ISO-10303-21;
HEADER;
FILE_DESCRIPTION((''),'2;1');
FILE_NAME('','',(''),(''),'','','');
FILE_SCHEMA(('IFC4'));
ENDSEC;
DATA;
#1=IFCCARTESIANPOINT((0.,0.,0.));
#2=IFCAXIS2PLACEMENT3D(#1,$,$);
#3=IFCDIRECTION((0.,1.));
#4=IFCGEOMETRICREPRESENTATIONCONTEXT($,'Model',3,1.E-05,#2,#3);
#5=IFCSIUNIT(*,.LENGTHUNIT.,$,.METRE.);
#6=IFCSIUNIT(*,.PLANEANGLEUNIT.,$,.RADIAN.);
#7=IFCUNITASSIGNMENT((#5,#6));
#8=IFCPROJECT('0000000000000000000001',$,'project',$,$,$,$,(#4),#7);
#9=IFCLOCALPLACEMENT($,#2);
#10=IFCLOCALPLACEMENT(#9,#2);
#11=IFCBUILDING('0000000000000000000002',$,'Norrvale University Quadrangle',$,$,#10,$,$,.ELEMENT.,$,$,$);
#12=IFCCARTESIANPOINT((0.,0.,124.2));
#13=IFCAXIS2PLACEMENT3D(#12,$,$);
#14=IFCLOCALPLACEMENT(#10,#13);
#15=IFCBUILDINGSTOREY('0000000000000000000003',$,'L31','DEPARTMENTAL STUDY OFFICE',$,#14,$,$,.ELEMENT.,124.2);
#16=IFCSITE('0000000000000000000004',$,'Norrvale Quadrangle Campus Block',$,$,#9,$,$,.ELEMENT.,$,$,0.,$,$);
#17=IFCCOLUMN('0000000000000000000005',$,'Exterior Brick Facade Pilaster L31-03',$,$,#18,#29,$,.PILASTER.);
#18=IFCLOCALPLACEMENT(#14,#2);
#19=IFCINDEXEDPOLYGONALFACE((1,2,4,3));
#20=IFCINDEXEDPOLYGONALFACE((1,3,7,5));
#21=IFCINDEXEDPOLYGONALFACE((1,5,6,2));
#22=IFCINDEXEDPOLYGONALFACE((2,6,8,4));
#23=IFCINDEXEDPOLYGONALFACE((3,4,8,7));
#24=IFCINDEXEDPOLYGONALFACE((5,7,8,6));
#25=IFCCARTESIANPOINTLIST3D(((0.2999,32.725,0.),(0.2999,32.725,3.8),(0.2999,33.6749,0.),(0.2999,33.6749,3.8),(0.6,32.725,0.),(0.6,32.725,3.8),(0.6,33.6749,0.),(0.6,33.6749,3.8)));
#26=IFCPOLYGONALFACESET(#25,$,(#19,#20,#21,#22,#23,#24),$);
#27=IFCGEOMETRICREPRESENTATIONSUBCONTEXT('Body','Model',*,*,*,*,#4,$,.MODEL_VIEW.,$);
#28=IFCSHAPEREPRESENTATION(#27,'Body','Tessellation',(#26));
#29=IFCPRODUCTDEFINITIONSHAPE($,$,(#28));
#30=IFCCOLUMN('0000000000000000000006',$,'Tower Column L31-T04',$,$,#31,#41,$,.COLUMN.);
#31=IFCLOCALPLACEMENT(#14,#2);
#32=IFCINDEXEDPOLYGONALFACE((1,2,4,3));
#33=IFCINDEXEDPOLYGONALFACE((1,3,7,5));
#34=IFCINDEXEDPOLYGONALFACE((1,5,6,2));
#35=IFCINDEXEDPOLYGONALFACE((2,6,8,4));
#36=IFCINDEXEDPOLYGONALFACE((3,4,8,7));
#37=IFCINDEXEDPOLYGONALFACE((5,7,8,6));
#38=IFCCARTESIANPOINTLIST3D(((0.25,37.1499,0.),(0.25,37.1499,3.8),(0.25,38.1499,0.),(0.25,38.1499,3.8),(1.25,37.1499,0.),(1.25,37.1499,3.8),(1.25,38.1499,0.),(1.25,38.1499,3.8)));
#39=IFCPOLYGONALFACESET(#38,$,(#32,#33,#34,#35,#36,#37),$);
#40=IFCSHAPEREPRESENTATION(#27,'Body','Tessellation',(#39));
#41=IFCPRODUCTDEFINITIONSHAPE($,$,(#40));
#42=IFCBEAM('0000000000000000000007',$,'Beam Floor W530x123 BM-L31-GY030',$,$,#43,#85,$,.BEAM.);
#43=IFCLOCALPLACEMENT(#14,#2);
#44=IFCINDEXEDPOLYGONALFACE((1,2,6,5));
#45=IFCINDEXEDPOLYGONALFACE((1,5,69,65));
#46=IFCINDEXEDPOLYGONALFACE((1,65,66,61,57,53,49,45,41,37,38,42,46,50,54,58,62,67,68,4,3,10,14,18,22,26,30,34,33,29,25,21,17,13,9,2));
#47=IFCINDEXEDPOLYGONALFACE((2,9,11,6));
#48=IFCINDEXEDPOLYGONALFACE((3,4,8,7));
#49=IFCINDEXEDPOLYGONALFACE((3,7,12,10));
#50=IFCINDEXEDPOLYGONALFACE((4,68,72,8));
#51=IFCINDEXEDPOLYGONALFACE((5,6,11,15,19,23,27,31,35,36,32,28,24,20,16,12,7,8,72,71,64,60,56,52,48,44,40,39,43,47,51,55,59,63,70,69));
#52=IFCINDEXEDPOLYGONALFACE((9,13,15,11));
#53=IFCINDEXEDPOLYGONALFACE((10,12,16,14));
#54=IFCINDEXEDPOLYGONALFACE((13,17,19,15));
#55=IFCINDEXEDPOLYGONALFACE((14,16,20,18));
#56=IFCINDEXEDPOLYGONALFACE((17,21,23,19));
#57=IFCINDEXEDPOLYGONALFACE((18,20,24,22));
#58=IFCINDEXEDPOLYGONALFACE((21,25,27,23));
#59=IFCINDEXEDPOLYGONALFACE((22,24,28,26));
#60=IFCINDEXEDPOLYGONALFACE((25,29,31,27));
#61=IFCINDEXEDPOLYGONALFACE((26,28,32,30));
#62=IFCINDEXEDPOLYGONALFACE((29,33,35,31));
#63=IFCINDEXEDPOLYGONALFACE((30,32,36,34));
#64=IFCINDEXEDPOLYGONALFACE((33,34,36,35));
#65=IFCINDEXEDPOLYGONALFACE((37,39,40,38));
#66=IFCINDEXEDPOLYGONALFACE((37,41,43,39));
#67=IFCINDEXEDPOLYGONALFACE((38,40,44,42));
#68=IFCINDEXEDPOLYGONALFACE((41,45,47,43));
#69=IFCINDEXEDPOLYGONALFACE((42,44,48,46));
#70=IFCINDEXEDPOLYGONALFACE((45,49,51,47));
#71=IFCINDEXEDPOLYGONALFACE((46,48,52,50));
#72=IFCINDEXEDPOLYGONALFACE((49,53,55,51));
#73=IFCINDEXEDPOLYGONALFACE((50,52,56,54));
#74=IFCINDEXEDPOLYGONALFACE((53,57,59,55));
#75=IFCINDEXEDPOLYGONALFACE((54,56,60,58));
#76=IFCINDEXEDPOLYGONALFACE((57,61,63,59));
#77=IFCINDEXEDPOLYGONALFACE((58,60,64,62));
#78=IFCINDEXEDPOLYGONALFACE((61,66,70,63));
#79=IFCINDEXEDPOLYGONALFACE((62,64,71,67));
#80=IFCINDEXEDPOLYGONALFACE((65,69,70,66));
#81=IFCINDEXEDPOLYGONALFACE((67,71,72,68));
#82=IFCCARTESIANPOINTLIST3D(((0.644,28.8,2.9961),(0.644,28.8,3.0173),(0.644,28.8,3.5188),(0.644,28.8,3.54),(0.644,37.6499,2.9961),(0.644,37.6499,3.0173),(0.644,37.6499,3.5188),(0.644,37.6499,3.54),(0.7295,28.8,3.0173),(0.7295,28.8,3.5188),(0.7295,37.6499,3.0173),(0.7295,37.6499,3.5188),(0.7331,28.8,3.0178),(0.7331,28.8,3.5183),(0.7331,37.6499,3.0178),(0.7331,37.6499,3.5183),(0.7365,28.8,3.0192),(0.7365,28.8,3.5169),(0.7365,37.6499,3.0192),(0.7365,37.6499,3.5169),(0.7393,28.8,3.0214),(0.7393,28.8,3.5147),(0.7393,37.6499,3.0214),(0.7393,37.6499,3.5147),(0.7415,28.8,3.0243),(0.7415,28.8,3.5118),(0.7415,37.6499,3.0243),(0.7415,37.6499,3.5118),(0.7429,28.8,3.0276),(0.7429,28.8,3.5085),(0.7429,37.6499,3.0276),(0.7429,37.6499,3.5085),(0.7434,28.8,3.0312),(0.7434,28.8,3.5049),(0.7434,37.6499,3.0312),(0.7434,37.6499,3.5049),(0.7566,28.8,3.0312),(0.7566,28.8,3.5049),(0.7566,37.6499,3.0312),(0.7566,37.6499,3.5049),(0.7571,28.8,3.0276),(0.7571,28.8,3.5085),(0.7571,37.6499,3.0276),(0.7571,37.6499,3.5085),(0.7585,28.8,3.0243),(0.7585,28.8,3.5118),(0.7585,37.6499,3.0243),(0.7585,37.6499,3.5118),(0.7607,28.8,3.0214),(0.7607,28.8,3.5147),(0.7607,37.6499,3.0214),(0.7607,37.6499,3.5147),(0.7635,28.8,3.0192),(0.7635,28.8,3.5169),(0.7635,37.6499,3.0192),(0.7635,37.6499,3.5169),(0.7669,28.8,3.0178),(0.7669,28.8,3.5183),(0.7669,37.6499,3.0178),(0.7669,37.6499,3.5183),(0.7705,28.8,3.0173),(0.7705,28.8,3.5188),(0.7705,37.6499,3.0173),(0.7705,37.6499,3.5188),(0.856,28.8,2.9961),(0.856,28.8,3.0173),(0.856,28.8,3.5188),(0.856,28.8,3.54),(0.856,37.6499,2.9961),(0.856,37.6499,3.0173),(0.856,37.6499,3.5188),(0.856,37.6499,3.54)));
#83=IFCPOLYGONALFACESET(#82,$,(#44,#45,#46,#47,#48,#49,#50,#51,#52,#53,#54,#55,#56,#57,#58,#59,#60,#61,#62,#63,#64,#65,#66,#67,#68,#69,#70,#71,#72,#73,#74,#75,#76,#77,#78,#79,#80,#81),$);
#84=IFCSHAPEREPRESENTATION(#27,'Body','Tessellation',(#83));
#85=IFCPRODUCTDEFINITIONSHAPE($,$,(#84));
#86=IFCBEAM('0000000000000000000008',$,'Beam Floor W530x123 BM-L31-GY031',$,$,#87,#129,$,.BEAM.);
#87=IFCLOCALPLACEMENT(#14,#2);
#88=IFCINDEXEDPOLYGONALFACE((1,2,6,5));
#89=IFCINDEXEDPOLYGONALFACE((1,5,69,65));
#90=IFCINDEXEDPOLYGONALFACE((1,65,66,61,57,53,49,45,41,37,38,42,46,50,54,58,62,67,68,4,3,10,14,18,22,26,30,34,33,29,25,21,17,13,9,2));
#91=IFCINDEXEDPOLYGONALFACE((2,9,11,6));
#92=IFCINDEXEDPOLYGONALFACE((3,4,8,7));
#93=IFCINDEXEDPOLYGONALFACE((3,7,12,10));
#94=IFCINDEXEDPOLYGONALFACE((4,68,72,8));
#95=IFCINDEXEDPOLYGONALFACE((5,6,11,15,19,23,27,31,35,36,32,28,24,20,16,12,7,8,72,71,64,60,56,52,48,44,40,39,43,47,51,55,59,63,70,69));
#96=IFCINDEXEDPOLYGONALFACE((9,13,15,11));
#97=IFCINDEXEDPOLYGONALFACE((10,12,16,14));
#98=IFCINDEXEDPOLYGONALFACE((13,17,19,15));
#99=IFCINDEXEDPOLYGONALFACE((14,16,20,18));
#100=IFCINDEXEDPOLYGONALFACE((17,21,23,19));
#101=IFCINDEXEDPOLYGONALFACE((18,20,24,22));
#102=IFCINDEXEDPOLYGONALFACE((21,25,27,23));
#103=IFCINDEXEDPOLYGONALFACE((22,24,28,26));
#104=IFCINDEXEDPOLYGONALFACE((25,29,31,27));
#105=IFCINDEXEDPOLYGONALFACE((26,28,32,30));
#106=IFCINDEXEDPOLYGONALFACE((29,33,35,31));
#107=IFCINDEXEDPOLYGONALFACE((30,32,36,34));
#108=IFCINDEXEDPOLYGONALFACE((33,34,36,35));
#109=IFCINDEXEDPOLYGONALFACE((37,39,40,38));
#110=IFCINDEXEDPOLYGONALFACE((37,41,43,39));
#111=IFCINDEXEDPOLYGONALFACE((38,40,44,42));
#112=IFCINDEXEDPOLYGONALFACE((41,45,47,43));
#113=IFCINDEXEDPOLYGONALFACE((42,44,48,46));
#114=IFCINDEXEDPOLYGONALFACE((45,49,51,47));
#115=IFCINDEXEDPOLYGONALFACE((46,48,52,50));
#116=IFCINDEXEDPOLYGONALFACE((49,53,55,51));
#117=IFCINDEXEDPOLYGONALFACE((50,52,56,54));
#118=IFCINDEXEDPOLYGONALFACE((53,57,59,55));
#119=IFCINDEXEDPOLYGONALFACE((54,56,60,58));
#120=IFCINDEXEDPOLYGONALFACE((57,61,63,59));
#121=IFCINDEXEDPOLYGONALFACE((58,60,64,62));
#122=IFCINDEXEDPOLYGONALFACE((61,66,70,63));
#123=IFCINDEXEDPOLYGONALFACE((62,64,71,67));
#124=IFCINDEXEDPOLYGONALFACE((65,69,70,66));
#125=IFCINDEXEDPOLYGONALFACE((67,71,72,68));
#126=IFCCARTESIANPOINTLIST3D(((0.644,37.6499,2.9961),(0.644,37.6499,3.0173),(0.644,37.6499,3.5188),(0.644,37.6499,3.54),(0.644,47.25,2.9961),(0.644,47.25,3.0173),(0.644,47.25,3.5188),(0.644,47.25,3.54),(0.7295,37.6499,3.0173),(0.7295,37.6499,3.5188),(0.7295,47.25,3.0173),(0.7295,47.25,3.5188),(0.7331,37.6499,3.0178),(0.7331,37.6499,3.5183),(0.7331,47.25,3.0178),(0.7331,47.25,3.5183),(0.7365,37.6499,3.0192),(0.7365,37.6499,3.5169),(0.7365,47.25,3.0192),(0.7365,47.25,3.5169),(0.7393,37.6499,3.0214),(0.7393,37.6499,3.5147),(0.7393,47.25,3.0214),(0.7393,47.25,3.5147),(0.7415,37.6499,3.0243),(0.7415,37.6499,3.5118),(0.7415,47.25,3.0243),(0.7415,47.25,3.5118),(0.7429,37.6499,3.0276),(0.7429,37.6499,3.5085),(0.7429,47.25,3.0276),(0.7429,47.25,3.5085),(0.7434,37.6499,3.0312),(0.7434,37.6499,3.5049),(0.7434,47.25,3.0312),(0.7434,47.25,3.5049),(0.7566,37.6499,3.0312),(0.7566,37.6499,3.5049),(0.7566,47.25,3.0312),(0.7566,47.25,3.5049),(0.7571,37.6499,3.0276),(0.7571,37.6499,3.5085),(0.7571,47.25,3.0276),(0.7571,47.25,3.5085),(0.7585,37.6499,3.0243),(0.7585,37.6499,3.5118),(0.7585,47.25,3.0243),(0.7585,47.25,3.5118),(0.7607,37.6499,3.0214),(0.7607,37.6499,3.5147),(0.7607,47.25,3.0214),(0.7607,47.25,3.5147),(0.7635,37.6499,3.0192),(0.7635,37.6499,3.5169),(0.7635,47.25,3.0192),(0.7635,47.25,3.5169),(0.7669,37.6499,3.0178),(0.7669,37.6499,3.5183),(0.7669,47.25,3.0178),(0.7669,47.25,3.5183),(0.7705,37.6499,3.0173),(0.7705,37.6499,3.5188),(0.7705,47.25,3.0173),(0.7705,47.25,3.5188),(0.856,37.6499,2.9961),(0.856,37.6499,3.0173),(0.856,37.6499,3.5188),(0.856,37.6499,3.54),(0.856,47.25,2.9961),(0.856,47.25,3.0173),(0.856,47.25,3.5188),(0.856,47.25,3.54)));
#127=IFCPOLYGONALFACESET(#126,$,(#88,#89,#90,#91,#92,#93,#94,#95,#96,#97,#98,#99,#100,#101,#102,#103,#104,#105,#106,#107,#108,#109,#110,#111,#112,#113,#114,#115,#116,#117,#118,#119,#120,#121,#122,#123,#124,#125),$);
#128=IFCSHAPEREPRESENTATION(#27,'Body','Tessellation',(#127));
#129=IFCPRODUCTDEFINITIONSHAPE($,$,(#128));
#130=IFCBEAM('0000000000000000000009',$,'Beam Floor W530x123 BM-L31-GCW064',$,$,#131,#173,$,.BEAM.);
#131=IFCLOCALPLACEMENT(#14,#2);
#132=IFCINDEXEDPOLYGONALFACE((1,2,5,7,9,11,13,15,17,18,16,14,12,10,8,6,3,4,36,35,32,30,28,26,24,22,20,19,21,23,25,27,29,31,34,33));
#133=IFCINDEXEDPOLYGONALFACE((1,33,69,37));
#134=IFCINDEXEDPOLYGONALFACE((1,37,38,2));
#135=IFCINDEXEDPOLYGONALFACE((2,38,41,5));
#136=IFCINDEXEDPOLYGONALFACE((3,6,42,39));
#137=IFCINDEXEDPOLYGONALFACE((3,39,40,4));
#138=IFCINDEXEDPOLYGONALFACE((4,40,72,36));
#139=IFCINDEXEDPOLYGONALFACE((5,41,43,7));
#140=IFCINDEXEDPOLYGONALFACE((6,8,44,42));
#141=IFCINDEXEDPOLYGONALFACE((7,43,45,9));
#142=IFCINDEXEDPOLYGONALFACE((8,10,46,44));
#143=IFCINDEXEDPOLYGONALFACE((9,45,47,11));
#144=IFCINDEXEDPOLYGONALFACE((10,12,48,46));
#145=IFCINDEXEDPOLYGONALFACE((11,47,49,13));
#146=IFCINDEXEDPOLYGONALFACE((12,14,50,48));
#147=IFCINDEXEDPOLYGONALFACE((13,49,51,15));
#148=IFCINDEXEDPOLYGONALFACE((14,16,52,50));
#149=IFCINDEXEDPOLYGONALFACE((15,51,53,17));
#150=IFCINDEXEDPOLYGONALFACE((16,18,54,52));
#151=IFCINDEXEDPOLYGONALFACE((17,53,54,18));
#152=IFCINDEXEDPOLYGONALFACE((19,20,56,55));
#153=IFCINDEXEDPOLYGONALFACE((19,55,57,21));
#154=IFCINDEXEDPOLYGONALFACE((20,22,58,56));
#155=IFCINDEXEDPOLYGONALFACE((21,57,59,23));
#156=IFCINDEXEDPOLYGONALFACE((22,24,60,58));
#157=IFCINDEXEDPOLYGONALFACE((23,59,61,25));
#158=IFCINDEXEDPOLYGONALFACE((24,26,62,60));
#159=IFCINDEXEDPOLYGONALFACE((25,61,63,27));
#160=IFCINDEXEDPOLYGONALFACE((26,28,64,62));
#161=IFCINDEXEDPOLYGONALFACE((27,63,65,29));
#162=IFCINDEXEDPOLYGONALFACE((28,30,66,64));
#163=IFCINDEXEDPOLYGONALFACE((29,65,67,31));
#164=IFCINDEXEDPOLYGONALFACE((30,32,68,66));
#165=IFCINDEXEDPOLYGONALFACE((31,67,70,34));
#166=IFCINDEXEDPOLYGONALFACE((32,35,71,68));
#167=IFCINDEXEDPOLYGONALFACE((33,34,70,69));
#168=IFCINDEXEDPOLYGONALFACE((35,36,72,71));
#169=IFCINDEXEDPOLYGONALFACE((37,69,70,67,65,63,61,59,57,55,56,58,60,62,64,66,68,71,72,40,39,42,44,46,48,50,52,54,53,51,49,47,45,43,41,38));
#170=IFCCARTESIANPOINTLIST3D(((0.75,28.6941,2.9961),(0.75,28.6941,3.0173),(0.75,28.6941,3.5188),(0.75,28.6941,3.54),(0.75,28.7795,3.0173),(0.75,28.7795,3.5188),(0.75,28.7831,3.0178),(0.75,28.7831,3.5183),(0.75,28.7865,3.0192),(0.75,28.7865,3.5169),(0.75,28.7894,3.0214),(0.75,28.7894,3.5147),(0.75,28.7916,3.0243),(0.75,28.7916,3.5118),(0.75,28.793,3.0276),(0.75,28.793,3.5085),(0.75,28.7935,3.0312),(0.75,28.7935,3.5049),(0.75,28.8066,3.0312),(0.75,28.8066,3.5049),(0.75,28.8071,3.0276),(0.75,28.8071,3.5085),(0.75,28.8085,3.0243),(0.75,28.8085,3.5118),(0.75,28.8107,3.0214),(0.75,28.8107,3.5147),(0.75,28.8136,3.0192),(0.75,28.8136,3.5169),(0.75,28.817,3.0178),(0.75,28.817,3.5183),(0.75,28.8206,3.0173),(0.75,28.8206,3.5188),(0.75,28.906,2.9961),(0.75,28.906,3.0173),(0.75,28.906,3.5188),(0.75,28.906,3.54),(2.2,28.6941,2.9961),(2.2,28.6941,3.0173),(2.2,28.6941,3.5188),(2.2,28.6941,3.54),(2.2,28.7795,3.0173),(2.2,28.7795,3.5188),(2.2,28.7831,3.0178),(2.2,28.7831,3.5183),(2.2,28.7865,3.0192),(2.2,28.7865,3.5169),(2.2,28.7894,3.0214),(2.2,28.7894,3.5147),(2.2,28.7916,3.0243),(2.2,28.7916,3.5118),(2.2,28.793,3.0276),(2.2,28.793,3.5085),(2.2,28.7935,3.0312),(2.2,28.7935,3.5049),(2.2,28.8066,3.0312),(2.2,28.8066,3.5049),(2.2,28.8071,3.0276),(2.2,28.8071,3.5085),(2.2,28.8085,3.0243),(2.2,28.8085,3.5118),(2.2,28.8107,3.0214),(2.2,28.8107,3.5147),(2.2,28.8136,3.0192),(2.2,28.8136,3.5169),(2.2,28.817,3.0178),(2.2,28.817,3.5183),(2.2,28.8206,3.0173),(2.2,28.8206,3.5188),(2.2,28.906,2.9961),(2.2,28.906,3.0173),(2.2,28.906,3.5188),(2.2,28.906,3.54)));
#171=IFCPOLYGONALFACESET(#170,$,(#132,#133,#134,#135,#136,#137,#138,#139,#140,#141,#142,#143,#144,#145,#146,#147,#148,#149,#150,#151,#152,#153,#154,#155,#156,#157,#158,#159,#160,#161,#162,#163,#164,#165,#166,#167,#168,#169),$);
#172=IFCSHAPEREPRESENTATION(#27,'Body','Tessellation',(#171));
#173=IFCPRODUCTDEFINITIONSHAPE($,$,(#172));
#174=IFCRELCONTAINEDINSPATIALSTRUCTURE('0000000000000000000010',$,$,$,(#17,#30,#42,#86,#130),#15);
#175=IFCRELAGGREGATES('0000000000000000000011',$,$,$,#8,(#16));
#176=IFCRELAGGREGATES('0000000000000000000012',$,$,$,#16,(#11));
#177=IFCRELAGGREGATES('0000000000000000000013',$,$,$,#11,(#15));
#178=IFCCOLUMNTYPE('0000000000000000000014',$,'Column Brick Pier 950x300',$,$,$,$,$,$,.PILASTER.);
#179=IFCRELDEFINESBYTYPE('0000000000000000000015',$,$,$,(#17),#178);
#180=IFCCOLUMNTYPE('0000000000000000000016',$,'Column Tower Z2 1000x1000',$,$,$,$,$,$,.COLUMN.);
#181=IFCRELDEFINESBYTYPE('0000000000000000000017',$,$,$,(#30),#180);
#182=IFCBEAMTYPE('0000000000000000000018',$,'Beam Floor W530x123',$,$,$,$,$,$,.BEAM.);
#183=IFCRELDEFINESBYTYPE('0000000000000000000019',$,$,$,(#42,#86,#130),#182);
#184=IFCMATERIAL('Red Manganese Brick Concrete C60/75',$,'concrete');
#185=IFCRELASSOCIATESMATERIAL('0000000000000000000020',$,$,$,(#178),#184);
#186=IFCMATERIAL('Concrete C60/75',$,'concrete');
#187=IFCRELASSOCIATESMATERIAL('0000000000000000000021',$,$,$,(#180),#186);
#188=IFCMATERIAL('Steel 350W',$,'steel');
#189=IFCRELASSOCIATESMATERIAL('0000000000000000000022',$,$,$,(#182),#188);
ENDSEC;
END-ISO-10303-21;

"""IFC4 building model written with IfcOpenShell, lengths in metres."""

from ifc_helpers import new_model, si_unit, direction, frame, origin, origin_2d, place, context, subcontext, project, spatial, rectangle, i_section, extrude, material, material_profile, profile_set, type_object, element, save


model = new_model("IFC4")

# Units and contexts
model_context = context("Model", 3, precision=1e-05, world=origin(), true_north=direction((0.0, 1.0)))
body_context = subcontext(model_context, "Body", "Model", "MODEL_VIEW")
ifc_project = project(units=[si_unit("LENGTHUNIT", "METRE"), si_unit("PLANEANGLEUNIT", "RADIAN")], contexts=[model_context])

# Site, building, storey
site_placement = place(None, origin())
site = spatial("IfcSite", under=ifc_project, at=site_placement, Name="Norrvale Quadrangle Campus Block", CompositionType="ELEMENT", RefElevation=0.0)
building_placement = place(site_placement, origin())
building = spatial("IfcBuilding", under=site, at=building_placement, Name="Norrvale University Quadrangle", CompositionType="ELEMENT")
storey_placement = place(building_placement, frame((0.0, 0.0, 124.2)))
storey = spatial("IfcBuildingStorey", under=building, at=storey_placement, Name="L31", Description="DEPARTMENTAL STUDY OFFICE", CompositionType="ELEMENT", Elevation=124.2)

# Columns
ifc_material_1 = material(Name="Red Manganese Brick Concrete C60/75", Category="concrete")
ifc_material_profile_1 = material_profile(ifc_material_1, rectangle(XDim=0.95, YDim=0.3, at=origin_2d()), Name="Red Manganese Brick Concrete C60/75")
ifc_profile_set_1 = profile_set([ifc_material_profile_1], Name="Red Manganese Brick Concrete C60/75")
column_type_1 = type_object("IfcColumnType", Name="Column Brick Pier 950x300", PredefinedType="PILASTER", material=ifc_profile_set_1)
column_1_placement = place(storey_placement, frame((0.45, 33.2, 0.0), z_axis=(0.0, 0.0, 1.0), x_axis=(0.0, 1.0, 0.0)))
element("IfcColumn", 1, at=column_1_placement, inside=storey, type_object=column_type_1, Name="Exterior Brick Facade Pilaster L31-03", PredefinedType="PILASTER", context=body_context, shape_type="SweptSolid", body=[
    extrude(rectangle(XDim=0.95, YDim=0.3, at=origin_2d()), origin(), (0.0, 0.0, 1.0), 3.8),
])
ifc_material_2 = material(Name="Concrete C60/75", Category="concrete")
ifc_material_profile_2 = material_profile(ifc_material_2, rectangle(XDim=1.0, YDim=1.0, at=origin_2d()), Name="Concrete C60/75")
ifc_profile_set_2 = profile_set([ifc_material_profile_2], Name="Concrete C60/75")
column_type_2 = type_object("IfcColumnType", Name="Column Tower Z2 1000x1000", PredefinedType="COLUMN", material=ifc_profile_set_2)
column_2_placement = place(storey_placement, frame((0.75, 37.6499, 0.0), z_axis=(0.0, 0.0, 1.0), x_axis=(1.0, 0.0, 0.0)))
element("IfcColumn", 2, at=column_2_placement, inside=storey, type_object=column_type_2, Name="Tower Column L31-T04", PredefinedType="COLUMN", context=body_context, shape_type="SweptSolid", body=[
    extrude(rectangle(XDim=1.0, YDim=1.0, at=origin_2d()), origin(), (0.0, 0.0, 1.0), 3.8),
])

# Beams
ifc_material_3 = material(Name="Steel 350W", Category="steel")
ifc_material_profile_3 = material_profile(ifc_material_3, i_section(OverallWidth=0.2119, OverallDepth=0.5439, WebThickness=0.0132, FlangeThickness=0.0212, FilletRadius=0.0139, at=origin_2d()), Name="Steel 350W")
ifc_profile_set_3 = profile_set([ifc_material_profile_3], Name="Steel 350W")
beam_type = type_object("IfcBeamType", Name="Beam Floor W530x123", PredefinedType="BEAM", material=ifc_profile_set_3)
beam_1_placement = place(storey_placement, frame((0.75, 28.8, 3.2681), z_axis=(0.0, 1.0, 0.0), x_axis=(-1.0, 0.0, 0.0)))
element("IfcBeam", 3, at=beam_1_placement, inside=storey, type_object=beam_type, Name="Beam Floor W530x123 BM-L31-GY030", PredefinedType="BEAM", context=body_context, shape_type="SweptSolid", body=[
    extrude(i_section(OverallWidth=0.2119, OverallDepth=0.5439, WebThickness=0.0132, FlangeThickness=0.0212, FilletRadius=0.0139, at=origin_2d()), origin(), (0.0, 0.0, 1.0), 8.8499),
])
beam_2_placement = place(storey_placement, frame((0.75, 37.6499, 3.2681), z_axis=(0.0, 1.0, 0.0), x_axis=(-1.0, 0.0, 0.0)))
element("IfcBeam", 4, at=beam_2_placement, inside=storey, type_object=beam_type, Name="Beam Floor W530x123 BM-L31-GY031", PredefinedType="BEAM", context=body_context, shape_type="SweptSolid", body=[
    extrude(i_section(OverallWidth=0.2119, OverallDepth=0.5439, WebThickness=0.0132, FlangeThickness=0.0212, FilletRadius=0.0139, at=origin_2d()), origin(), (0.0, 0.0, 1.0), 9.6001),
])
for number, where, z_axis, x_axis, name in (
    (5, (0.75, 28.8, 3.2681), (1.0, 0.0, 0.0), (0.0, 1.0, 0.0), "Beam Floor W530x123 BM-L31-GCW064"),
):
    element("IfcBeam", number, at=place(storey_placement, frame(where, z_axis=z_axis, x_axis=x_axis)), inside=storey, type_object=beam_type, Name=name, PredefinedType="BEAM", context=body_context, shape_type="SweptSolid", body=[
        extrude(i_section(OverallWidth=0.2119, OverallDepth=0.5439, WebThickness=0.0132, FlangeThickness=0.0212, FilletRadius=0.0139, at=origin_2d()), origin(), (0.0, 0.0, 1.0), 1.45),
    ])

save(model, "model.ifc")
